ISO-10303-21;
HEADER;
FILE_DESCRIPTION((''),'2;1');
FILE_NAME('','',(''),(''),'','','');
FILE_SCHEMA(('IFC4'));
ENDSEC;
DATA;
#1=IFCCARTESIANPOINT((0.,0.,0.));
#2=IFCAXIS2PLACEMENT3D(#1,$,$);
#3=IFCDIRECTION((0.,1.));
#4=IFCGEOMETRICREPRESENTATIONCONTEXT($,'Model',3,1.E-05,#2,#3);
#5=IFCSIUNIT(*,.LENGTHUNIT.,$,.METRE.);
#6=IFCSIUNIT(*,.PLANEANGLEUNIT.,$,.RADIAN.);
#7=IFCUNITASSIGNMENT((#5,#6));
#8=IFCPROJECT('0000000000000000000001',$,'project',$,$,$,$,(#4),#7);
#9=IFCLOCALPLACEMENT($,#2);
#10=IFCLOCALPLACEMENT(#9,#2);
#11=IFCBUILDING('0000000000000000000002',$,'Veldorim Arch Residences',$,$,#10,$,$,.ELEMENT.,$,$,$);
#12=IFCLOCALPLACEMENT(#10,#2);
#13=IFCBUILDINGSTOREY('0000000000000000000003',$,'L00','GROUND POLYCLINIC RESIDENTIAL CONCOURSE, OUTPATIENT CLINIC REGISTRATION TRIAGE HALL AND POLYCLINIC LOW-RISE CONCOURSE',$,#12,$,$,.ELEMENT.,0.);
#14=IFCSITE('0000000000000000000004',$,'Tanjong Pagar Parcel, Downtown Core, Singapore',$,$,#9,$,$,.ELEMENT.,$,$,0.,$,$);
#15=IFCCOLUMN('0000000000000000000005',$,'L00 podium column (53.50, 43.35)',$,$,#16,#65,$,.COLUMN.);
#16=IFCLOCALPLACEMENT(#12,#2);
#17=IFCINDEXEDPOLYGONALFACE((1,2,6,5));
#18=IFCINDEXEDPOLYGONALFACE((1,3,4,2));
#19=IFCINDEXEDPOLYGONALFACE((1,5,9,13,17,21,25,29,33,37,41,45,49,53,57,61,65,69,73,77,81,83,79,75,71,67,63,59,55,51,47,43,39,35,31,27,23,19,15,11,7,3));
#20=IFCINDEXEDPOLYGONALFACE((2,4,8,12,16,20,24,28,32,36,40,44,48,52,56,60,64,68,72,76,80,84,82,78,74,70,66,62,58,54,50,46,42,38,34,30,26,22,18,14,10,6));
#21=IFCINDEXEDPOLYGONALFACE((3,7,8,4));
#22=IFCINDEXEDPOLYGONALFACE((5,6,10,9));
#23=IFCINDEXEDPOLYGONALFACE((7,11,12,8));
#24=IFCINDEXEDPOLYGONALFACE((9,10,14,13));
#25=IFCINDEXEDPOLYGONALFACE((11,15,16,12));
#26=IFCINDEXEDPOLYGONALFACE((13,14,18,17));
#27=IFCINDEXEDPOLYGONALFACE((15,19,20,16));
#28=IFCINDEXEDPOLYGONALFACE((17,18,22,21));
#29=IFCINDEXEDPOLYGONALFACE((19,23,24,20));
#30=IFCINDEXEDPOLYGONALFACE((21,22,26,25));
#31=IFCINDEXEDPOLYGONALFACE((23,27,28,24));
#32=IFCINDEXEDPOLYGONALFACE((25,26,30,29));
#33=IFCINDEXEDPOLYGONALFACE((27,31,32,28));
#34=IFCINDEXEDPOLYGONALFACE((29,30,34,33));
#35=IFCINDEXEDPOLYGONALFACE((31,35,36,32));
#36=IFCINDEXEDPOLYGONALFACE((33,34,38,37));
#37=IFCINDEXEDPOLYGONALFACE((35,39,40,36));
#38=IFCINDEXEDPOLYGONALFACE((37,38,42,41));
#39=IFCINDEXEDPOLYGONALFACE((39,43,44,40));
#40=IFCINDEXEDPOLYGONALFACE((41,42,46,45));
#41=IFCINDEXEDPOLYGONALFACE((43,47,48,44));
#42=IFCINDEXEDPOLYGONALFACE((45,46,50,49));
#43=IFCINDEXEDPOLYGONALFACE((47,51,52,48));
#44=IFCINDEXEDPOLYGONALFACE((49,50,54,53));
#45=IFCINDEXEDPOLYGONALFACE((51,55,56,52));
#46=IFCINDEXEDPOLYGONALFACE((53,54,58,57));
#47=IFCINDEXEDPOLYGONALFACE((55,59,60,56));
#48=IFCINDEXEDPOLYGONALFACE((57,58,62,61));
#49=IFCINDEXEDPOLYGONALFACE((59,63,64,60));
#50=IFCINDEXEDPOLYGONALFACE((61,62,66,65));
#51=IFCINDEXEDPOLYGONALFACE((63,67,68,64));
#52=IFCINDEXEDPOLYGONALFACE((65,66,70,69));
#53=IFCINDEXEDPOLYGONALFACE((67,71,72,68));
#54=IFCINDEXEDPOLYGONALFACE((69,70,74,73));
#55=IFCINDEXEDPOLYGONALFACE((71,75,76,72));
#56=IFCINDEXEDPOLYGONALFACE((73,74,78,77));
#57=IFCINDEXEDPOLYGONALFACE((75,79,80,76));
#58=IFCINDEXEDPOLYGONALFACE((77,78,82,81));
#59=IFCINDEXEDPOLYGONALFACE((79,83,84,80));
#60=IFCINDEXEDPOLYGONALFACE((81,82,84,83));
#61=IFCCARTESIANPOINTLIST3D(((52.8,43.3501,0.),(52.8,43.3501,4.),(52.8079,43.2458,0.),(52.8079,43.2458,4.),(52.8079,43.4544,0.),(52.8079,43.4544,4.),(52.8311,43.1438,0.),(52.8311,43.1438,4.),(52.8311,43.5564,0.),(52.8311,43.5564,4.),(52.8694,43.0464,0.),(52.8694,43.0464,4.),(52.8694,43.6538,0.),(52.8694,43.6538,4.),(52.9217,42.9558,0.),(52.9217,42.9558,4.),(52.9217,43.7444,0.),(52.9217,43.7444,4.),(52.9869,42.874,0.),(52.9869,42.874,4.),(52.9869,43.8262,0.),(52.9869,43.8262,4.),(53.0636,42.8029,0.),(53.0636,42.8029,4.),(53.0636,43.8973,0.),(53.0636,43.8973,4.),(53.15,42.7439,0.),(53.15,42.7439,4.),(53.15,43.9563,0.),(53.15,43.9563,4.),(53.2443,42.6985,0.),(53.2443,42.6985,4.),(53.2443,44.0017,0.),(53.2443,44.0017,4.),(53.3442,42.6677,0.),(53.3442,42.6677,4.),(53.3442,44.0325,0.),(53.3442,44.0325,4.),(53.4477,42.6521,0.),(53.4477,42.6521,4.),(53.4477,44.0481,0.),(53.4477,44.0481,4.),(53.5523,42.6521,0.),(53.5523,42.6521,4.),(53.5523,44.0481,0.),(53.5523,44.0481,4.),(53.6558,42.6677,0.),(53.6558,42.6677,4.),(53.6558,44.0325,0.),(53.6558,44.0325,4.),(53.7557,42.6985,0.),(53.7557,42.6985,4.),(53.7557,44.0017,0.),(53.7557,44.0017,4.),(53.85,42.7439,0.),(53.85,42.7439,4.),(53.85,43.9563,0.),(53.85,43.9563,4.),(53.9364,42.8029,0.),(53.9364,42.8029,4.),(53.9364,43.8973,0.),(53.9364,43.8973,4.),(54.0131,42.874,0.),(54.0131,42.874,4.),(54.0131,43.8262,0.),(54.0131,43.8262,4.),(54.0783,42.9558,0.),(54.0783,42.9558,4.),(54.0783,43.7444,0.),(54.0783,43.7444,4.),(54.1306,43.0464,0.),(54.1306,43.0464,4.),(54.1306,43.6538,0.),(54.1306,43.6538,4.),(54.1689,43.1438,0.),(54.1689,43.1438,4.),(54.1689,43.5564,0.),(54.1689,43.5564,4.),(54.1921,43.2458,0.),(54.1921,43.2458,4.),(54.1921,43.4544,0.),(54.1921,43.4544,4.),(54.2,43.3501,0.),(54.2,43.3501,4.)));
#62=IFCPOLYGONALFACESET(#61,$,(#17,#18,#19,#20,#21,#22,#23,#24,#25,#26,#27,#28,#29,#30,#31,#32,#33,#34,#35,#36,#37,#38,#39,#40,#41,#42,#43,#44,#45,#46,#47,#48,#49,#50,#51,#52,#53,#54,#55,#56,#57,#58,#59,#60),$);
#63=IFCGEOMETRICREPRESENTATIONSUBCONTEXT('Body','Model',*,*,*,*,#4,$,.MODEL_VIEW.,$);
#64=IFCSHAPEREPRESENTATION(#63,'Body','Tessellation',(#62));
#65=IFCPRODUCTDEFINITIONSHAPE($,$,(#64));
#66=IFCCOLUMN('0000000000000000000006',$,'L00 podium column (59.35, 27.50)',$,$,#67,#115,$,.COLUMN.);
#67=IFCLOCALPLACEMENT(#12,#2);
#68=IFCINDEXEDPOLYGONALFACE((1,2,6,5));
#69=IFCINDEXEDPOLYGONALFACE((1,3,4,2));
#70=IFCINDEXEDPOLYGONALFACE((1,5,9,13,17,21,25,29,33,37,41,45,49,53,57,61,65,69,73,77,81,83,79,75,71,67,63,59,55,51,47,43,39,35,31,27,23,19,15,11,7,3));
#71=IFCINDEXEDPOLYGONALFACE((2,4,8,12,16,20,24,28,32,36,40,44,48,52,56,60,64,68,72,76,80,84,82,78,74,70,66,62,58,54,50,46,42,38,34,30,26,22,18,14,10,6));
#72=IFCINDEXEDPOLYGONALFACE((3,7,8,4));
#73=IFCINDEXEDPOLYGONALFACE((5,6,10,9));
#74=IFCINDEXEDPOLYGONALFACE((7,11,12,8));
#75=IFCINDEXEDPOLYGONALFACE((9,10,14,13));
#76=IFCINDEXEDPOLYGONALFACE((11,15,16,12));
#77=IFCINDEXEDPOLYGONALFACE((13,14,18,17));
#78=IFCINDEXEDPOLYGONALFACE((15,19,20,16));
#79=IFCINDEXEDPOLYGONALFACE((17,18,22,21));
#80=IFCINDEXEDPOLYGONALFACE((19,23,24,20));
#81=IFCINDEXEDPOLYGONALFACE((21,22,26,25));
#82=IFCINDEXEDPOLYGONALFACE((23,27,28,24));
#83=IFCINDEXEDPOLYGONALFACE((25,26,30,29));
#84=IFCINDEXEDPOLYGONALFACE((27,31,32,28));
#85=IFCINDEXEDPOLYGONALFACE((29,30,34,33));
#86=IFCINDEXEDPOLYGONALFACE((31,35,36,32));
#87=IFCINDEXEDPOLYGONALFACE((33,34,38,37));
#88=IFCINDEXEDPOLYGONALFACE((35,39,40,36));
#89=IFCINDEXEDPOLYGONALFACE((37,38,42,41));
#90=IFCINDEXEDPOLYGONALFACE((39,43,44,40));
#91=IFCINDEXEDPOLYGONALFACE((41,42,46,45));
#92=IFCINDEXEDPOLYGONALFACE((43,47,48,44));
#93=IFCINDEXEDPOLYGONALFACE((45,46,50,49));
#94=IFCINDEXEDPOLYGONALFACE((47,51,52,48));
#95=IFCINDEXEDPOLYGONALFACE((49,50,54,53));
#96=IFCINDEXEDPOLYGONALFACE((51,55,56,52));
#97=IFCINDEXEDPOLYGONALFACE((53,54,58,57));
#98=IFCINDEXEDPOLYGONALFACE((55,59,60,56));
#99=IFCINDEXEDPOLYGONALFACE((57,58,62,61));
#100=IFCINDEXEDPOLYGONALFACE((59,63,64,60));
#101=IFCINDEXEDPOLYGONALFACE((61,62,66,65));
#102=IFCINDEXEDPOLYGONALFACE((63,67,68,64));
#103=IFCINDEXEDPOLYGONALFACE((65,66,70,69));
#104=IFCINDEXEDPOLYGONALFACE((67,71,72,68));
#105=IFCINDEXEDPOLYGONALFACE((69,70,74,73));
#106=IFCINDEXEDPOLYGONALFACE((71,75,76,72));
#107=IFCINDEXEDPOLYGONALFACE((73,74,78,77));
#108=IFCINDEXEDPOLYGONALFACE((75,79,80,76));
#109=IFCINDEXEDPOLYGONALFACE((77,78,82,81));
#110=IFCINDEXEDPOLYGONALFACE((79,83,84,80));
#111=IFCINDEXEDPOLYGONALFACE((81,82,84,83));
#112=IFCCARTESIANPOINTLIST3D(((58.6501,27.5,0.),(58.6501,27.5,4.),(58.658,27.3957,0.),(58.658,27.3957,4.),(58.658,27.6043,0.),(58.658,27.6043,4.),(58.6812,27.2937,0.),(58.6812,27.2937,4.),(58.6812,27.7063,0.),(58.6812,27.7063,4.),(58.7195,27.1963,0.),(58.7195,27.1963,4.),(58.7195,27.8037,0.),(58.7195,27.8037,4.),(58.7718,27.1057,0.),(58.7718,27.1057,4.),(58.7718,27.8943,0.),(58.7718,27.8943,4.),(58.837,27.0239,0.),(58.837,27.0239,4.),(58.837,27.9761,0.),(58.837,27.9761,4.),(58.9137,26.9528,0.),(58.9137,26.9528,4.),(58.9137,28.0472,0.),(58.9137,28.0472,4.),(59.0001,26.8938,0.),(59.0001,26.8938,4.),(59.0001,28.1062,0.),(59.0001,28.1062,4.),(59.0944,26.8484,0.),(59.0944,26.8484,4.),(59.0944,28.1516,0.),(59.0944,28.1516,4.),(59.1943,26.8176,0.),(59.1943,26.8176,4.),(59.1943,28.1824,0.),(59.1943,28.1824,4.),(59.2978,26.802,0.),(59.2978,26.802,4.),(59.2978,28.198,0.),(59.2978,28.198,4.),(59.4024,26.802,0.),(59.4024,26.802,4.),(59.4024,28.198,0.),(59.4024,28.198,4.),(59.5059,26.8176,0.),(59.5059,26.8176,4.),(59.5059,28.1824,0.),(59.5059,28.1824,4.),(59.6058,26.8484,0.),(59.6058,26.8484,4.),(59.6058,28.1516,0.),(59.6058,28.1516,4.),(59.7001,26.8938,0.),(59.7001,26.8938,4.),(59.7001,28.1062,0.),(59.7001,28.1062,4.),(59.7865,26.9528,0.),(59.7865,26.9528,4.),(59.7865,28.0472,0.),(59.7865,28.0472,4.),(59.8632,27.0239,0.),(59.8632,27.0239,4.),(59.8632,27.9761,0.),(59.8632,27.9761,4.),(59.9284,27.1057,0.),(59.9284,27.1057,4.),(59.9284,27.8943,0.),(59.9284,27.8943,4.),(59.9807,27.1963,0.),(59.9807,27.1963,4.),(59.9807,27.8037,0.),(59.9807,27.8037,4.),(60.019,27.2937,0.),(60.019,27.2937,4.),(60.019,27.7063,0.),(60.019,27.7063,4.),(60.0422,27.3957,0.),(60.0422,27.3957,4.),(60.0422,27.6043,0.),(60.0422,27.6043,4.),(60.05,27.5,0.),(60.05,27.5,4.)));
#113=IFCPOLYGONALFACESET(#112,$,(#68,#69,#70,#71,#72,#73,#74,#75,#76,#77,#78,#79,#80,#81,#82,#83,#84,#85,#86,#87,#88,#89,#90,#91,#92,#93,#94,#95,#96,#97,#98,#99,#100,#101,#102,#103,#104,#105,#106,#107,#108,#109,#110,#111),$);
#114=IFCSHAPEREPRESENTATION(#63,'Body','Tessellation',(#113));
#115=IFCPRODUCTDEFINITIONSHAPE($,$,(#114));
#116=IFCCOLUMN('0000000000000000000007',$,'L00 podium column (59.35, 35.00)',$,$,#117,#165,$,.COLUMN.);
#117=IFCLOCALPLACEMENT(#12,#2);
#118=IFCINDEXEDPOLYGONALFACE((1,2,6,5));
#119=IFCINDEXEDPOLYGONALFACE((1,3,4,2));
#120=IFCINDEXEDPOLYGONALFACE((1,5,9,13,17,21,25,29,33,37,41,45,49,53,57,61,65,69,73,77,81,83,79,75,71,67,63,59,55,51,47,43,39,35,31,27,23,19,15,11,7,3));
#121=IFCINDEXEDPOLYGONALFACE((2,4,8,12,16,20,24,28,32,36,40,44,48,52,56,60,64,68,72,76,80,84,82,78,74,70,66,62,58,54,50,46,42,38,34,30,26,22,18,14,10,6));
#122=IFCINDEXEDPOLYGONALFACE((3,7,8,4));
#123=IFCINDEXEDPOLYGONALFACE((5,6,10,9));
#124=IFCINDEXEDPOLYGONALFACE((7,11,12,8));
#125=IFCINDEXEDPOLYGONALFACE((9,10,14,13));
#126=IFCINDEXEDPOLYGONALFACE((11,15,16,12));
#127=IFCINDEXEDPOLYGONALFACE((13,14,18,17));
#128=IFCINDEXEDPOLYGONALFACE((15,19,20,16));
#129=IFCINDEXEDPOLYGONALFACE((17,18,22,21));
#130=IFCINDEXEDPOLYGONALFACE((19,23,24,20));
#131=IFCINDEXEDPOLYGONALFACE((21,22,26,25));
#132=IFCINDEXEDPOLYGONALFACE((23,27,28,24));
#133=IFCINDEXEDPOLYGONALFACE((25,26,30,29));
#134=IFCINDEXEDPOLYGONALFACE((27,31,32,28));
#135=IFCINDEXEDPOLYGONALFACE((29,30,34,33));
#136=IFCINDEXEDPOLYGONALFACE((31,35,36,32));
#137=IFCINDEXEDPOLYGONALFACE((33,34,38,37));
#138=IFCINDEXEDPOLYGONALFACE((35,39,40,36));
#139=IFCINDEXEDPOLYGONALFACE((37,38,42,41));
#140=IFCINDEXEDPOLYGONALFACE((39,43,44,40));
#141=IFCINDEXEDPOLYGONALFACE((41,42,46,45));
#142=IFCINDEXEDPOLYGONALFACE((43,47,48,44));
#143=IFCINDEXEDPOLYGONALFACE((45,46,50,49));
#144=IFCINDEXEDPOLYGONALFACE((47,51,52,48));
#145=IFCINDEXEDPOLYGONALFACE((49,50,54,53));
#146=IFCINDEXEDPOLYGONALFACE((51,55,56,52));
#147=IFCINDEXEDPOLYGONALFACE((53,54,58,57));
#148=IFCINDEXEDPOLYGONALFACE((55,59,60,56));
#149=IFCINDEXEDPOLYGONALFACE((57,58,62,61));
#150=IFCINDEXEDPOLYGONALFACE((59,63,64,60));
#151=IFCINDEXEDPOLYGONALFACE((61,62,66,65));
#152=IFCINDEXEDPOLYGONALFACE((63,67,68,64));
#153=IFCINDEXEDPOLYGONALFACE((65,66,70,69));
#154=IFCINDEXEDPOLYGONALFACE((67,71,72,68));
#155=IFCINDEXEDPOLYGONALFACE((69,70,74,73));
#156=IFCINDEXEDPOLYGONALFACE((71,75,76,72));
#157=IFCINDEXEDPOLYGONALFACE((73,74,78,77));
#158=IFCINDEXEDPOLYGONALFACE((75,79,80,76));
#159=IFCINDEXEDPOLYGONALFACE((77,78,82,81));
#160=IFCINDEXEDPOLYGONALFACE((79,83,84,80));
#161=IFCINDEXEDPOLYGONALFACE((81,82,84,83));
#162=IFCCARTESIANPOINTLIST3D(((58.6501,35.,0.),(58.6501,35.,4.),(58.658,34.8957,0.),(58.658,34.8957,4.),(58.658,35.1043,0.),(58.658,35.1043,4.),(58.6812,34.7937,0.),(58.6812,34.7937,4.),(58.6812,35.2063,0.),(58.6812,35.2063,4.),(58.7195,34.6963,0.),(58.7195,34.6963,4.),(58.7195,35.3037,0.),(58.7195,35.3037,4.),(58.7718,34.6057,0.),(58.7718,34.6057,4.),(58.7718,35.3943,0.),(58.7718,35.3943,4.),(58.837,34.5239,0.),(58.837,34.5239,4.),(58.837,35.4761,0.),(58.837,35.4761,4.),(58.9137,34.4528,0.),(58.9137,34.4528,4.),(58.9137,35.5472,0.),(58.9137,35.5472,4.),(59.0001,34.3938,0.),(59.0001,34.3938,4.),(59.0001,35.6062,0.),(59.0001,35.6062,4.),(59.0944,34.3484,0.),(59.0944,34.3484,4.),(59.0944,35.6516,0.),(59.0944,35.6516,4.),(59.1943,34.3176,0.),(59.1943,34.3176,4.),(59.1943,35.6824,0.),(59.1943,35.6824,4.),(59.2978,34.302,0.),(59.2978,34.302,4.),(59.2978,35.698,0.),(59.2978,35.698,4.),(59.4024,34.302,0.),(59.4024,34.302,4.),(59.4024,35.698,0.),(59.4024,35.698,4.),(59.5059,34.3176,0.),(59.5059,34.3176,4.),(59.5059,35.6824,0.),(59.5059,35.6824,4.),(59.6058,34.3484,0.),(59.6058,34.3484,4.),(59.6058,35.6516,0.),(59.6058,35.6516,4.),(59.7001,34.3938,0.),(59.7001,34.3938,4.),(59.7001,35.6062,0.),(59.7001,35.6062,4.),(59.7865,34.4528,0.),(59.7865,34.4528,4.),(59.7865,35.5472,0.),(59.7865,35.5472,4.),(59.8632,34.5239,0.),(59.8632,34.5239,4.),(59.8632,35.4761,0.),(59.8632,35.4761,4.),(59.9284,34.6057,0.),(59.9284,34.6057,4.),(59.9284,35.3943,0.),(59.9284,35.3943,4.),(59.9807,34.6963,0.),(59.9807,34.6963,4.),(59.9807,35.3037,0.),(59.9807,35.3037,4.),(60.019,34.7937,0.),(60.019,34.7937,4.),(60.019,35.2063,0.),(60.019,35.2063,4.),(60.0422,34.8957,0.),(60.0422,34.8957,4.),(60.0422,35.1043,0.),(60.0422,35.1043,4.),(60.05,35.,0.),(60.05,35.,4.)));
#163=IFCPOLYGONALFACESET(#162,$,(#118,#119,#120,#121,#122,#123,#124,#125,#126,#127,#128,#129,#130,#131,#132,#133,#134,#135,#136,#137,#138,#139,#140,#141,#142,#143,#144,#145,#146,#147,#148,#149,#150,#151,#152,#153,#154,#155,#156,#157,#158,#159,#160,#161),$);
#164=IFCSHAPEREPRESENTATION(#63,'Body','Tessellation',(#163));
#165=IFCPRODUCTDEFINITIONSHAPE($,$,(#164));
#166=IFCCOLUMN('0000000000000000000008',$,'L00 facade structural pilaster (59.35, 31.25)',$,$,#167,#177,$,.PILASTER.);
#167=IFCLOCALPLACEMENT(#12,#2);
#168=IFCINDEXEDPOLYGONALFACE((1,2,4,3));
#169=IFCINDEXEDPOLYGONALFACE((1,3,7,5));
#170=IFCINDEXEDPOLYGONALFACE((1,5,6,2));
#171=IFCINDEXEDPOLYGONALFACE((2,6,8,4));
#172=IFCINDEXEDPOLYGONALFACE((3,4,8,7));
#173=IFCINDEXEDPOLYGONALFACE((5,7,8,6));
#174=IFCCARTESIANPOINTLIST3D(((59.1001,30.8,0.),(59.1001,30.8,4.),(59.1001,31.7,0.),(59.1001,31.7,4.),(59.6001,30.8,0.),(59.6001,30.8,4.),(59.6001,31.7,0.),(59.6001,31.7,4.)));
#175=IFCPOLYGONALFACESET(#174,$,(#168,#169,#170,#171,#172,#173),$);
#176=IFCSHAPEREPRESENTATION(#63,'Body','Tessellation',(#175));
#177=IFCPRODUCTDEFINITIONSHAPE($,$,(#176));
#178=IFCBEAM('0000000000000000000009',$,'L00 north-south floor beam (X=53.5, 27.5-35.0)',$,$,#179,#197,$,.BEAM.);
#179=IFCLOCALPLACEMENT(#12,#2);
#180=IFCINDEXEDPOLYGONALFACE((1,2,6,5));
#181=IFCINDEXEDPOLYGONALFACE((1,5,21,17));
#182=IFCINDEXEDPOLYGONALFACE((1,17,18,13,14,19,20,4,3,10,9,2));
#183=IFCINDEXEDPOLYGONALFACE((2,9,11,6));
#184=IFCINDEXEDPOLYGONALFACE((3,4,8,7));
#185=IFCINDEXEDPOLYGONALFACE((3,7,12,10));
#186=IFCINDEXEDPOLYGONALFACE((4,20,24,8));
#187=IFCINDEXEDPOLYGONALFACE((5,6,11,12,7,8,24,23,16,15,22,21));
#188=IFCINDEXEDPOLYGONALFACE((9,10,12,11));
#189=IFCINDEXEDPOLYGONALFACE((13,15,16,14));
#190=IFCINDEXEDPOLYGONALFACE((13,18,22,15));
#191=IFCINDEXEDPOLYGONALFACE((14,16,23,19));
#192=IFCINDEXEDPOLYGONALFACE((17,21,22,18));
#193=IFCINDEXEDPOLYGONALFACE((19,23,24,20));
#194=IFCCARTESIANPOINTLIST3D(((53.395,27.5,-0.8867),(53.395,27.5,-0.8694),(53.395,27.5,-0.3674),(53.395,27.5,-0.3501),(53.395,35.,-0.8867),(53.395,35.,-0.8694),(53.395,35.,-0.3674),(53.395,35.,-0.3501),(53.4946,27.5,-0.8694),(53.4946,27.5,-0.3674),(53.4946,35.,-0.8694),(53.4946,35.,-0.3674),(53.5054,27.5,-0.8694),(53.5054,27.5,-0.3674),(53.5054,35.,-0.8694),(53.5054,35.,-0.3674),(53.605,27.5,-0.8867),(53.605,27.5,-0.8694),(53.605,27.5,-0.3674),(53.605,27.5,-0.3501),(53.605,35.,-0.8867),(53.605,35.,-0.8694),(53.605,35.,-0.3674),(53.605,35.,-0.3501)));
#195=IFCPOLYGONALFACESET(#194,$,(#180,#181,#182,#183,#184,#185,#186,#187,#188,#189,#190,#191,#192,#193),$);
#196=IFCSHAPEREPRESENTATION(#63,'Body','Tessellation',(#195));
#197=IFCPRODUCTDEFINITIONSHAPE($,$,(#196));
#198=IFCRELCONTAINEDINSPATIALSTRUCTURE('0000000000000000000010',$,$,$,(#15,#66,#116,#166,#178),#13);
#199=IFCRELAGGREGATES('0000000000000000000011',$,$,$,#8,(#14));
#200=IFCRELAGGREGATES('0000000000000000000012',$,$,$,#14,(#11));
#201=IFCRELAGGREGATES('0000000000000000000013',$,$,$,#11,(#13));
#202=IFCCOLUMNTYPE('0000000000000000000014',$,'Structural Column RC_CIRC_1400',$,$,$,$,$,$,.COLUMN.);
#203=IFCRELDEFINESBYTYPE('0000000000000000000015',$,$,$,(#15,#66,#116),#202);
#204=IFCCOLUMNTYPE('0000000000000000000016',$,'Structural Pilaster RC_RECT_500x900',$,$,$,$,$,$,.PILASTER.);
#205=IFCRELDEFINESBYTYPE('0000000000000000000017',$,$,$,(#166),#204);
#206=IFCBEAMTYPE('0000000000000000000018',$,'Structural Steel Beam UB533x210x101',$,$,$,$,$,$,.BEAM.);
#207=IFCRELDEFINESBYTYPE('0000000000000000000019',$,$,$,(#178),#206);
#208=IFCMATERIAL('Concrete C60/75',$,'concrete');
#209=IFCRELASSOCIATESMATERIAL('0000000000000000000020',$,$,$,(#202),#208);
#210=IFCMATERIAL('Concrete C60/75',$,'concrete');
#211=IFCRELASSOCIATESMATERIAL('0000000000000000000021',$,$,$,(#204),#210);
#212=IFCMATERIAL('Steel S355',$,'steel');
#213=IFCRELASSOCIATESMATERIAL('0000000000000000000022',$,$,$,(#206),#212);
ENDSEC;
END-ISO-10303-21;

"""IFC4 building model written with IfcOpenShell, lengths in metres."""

from ifc_helpers import new_model, si_unit, direction, frame, origin, origin_2d, place, context, subcontext, project, spatial, rectangle, circle, i_section, extrude, material, material_profile, profile_set, type_object, element, save


model = new_model("IFC4")

# Units and contexts
model_context = context("Model", 3, precision=1e-05, world=origin(), true_north=direction((0.0, 1.0)))
body_context = subcontext(model_context, "Body", "Model", "MODEL_VIEW")
ifc_project = project(units=[si_unit("LENGTHUNIT", "METRE"), si_unit("PLANEANGLEUNIT", "RADIAN")], contexts=[model_context])

# Site, building, storey
site_placement = place(None, origin())
site = spatial("IfcSite", under=ifc_project, at=site_placement, Name="Tanjong Pagar Parcel, Downtown Core, Singapore", CompositionType="ELEMENT", RefElevation=0.0)
building_placement = place(site_placement, origin())
building = spatial("IfcBuilding", under=site, at=building_placement, Name="Veldorim Arch Residences", CompositionType="ELEMENT")
storey_placement = place(building_placement, origin())
storey = spatial("IfcBuildingStorey", under=building, at=storey_placement, Name="L00", Description="GROUND POLYCLINIC RESIDENTIAL CONCOURSE, OUTPATIENT CLINIC REGISTRATION TRIAGE HALL AND POLYCLINIC LOW-RISE CONCOURSE", CompositionType="ELEMENT", Elevation=0.0)

# Columns
ifc_material_1 = material(Name="Concrete C60/75", Category="concrete")
ifc_material_profile_1 = material_profile(ifc_material_1, circle(Radius=0.7, at=origin_2d()), Name="RC_CIRC_1400")
ifc_profile_set_1 = profile_set([ifc_material_profile_1], Name="Concrete C60/75")
column_type_1 = type_object("IfcColumnType", Name="Structural Column RC_CIRC_1400", PredefinedType="COLUMN", material=ifc_profile_set_1)
for number, where, z_axis, x_axis, name in (
    (1, (53.5, 43.3501, 0.0), (0.0, 0.0, 1.0), (1.0, 0.0, 0.0), "L00 podium column (53.50, 43.35)"),
    (2, (59.3501, 27.5, 0.0), (0.0, 0.0, 1.0), (1.0, 0.0, 0.0), "L00 podium column (59.35, 27.50)"),
    (3, (59.3501, 35.0, 0.0), (0.0, 0.0, 1.0), (1.0, 0.0, 0.0), "L00 podium column (59.35, 35.00)"),
):
    element("IfcColumn", number, at=place(storey_placement, frame(where, z_axis=z_axis, x_axis=x_axis)), inside=storey, type_object=column_type_1, Name=name, PredefinedType="COLUMN", context=body_context, shape_type="SweptSolid", body=[
        extrude(circle(Radius=0.7, at=origin_2d()), origin(), (0.0, 0.0, 1.0), 4.0),
    ])
ifc_material_2 = material(Name="Concrete C60/75", Category="concrete")
ifc_material_profile_2 = material_profile(ifc_material_2, rectangle(XDim=0.5, YDim=0.8999, at=origin_2d()), Name="RC_RECT_500x900")
ifc_profile_set_2 = profile_set([ifc_material_profile_2], Name="Concrete C60/75")
column_type_2 = type_object("IfcColumnType", Name="Structural Pilaster RC_RECT_500x900", PredefinedType="PILASTER", material=ifc_profile_set_2)
column_placement = place(storey_placement, frame((59.3501, 31.25, 0.0), z_axis=(0.0, 0.0, 1.0), x_axis=(1.0, 0.0, 0.0)))
element("IfcColumn", 4, at=column_placement, inside=storey, type_object=column_type_2, Name="L00 facade structural pilaster (59.35, 31.25)", PredefinedType="PILASTER", context=body_context, shape_type="SweptSolid", body=[
    extrude(rectangle(XDim=0.5, YDim=0.8999, at=origin_2d()), origin(), (0.0, 0.0, 1.0), 4.0),
])

# Beam
ifc_material_3 = material(Name="Steel S355", Category="steel")
ifc_material_profile_3 = material_profile(ifc_material_3, i_section(OverallWidth=0.21, OverallDepth=0.5366, WebThickness=0.0107, FlangeThickness=0.0173, at=origin_2d()), Name="UB533x210x101")
ifc_profile_set_3 = profile_set([ifc_material_profile_3], Name="Steel S355")
beam_type_1 = type_object("IfcBeamType", Name="Structural Steel Beam UB533x210x101", PredefinedType="BEAM", material=ifc_profile_set_3)
beam_1_placement = place(storey_placement, frame((53.5, 27.5, -0.6184), z_axis=(0.0, 1.0, 0.0), x_axis=(-1.0, 0.0, 0.0)))
element("IfcBeam", 5, at=beam_1_placement, inside=storey, type_object=beam_type_1, Name="L00 north-south floor beam (X=53.5, 27.5-35.0)", PredefinedType="BEAM", context=body_context, shape_type="SweptSolid", body=[
    extrude(i_section(OverallWidth=0.21, OverallDepth=0.5366, WebThickness=0.0107, FlangeThickness=0.0173, at=origin_2d()), origin(), (0.0, 0.0, 1.0), 7.5),
])

save(model, "model.ifc")
